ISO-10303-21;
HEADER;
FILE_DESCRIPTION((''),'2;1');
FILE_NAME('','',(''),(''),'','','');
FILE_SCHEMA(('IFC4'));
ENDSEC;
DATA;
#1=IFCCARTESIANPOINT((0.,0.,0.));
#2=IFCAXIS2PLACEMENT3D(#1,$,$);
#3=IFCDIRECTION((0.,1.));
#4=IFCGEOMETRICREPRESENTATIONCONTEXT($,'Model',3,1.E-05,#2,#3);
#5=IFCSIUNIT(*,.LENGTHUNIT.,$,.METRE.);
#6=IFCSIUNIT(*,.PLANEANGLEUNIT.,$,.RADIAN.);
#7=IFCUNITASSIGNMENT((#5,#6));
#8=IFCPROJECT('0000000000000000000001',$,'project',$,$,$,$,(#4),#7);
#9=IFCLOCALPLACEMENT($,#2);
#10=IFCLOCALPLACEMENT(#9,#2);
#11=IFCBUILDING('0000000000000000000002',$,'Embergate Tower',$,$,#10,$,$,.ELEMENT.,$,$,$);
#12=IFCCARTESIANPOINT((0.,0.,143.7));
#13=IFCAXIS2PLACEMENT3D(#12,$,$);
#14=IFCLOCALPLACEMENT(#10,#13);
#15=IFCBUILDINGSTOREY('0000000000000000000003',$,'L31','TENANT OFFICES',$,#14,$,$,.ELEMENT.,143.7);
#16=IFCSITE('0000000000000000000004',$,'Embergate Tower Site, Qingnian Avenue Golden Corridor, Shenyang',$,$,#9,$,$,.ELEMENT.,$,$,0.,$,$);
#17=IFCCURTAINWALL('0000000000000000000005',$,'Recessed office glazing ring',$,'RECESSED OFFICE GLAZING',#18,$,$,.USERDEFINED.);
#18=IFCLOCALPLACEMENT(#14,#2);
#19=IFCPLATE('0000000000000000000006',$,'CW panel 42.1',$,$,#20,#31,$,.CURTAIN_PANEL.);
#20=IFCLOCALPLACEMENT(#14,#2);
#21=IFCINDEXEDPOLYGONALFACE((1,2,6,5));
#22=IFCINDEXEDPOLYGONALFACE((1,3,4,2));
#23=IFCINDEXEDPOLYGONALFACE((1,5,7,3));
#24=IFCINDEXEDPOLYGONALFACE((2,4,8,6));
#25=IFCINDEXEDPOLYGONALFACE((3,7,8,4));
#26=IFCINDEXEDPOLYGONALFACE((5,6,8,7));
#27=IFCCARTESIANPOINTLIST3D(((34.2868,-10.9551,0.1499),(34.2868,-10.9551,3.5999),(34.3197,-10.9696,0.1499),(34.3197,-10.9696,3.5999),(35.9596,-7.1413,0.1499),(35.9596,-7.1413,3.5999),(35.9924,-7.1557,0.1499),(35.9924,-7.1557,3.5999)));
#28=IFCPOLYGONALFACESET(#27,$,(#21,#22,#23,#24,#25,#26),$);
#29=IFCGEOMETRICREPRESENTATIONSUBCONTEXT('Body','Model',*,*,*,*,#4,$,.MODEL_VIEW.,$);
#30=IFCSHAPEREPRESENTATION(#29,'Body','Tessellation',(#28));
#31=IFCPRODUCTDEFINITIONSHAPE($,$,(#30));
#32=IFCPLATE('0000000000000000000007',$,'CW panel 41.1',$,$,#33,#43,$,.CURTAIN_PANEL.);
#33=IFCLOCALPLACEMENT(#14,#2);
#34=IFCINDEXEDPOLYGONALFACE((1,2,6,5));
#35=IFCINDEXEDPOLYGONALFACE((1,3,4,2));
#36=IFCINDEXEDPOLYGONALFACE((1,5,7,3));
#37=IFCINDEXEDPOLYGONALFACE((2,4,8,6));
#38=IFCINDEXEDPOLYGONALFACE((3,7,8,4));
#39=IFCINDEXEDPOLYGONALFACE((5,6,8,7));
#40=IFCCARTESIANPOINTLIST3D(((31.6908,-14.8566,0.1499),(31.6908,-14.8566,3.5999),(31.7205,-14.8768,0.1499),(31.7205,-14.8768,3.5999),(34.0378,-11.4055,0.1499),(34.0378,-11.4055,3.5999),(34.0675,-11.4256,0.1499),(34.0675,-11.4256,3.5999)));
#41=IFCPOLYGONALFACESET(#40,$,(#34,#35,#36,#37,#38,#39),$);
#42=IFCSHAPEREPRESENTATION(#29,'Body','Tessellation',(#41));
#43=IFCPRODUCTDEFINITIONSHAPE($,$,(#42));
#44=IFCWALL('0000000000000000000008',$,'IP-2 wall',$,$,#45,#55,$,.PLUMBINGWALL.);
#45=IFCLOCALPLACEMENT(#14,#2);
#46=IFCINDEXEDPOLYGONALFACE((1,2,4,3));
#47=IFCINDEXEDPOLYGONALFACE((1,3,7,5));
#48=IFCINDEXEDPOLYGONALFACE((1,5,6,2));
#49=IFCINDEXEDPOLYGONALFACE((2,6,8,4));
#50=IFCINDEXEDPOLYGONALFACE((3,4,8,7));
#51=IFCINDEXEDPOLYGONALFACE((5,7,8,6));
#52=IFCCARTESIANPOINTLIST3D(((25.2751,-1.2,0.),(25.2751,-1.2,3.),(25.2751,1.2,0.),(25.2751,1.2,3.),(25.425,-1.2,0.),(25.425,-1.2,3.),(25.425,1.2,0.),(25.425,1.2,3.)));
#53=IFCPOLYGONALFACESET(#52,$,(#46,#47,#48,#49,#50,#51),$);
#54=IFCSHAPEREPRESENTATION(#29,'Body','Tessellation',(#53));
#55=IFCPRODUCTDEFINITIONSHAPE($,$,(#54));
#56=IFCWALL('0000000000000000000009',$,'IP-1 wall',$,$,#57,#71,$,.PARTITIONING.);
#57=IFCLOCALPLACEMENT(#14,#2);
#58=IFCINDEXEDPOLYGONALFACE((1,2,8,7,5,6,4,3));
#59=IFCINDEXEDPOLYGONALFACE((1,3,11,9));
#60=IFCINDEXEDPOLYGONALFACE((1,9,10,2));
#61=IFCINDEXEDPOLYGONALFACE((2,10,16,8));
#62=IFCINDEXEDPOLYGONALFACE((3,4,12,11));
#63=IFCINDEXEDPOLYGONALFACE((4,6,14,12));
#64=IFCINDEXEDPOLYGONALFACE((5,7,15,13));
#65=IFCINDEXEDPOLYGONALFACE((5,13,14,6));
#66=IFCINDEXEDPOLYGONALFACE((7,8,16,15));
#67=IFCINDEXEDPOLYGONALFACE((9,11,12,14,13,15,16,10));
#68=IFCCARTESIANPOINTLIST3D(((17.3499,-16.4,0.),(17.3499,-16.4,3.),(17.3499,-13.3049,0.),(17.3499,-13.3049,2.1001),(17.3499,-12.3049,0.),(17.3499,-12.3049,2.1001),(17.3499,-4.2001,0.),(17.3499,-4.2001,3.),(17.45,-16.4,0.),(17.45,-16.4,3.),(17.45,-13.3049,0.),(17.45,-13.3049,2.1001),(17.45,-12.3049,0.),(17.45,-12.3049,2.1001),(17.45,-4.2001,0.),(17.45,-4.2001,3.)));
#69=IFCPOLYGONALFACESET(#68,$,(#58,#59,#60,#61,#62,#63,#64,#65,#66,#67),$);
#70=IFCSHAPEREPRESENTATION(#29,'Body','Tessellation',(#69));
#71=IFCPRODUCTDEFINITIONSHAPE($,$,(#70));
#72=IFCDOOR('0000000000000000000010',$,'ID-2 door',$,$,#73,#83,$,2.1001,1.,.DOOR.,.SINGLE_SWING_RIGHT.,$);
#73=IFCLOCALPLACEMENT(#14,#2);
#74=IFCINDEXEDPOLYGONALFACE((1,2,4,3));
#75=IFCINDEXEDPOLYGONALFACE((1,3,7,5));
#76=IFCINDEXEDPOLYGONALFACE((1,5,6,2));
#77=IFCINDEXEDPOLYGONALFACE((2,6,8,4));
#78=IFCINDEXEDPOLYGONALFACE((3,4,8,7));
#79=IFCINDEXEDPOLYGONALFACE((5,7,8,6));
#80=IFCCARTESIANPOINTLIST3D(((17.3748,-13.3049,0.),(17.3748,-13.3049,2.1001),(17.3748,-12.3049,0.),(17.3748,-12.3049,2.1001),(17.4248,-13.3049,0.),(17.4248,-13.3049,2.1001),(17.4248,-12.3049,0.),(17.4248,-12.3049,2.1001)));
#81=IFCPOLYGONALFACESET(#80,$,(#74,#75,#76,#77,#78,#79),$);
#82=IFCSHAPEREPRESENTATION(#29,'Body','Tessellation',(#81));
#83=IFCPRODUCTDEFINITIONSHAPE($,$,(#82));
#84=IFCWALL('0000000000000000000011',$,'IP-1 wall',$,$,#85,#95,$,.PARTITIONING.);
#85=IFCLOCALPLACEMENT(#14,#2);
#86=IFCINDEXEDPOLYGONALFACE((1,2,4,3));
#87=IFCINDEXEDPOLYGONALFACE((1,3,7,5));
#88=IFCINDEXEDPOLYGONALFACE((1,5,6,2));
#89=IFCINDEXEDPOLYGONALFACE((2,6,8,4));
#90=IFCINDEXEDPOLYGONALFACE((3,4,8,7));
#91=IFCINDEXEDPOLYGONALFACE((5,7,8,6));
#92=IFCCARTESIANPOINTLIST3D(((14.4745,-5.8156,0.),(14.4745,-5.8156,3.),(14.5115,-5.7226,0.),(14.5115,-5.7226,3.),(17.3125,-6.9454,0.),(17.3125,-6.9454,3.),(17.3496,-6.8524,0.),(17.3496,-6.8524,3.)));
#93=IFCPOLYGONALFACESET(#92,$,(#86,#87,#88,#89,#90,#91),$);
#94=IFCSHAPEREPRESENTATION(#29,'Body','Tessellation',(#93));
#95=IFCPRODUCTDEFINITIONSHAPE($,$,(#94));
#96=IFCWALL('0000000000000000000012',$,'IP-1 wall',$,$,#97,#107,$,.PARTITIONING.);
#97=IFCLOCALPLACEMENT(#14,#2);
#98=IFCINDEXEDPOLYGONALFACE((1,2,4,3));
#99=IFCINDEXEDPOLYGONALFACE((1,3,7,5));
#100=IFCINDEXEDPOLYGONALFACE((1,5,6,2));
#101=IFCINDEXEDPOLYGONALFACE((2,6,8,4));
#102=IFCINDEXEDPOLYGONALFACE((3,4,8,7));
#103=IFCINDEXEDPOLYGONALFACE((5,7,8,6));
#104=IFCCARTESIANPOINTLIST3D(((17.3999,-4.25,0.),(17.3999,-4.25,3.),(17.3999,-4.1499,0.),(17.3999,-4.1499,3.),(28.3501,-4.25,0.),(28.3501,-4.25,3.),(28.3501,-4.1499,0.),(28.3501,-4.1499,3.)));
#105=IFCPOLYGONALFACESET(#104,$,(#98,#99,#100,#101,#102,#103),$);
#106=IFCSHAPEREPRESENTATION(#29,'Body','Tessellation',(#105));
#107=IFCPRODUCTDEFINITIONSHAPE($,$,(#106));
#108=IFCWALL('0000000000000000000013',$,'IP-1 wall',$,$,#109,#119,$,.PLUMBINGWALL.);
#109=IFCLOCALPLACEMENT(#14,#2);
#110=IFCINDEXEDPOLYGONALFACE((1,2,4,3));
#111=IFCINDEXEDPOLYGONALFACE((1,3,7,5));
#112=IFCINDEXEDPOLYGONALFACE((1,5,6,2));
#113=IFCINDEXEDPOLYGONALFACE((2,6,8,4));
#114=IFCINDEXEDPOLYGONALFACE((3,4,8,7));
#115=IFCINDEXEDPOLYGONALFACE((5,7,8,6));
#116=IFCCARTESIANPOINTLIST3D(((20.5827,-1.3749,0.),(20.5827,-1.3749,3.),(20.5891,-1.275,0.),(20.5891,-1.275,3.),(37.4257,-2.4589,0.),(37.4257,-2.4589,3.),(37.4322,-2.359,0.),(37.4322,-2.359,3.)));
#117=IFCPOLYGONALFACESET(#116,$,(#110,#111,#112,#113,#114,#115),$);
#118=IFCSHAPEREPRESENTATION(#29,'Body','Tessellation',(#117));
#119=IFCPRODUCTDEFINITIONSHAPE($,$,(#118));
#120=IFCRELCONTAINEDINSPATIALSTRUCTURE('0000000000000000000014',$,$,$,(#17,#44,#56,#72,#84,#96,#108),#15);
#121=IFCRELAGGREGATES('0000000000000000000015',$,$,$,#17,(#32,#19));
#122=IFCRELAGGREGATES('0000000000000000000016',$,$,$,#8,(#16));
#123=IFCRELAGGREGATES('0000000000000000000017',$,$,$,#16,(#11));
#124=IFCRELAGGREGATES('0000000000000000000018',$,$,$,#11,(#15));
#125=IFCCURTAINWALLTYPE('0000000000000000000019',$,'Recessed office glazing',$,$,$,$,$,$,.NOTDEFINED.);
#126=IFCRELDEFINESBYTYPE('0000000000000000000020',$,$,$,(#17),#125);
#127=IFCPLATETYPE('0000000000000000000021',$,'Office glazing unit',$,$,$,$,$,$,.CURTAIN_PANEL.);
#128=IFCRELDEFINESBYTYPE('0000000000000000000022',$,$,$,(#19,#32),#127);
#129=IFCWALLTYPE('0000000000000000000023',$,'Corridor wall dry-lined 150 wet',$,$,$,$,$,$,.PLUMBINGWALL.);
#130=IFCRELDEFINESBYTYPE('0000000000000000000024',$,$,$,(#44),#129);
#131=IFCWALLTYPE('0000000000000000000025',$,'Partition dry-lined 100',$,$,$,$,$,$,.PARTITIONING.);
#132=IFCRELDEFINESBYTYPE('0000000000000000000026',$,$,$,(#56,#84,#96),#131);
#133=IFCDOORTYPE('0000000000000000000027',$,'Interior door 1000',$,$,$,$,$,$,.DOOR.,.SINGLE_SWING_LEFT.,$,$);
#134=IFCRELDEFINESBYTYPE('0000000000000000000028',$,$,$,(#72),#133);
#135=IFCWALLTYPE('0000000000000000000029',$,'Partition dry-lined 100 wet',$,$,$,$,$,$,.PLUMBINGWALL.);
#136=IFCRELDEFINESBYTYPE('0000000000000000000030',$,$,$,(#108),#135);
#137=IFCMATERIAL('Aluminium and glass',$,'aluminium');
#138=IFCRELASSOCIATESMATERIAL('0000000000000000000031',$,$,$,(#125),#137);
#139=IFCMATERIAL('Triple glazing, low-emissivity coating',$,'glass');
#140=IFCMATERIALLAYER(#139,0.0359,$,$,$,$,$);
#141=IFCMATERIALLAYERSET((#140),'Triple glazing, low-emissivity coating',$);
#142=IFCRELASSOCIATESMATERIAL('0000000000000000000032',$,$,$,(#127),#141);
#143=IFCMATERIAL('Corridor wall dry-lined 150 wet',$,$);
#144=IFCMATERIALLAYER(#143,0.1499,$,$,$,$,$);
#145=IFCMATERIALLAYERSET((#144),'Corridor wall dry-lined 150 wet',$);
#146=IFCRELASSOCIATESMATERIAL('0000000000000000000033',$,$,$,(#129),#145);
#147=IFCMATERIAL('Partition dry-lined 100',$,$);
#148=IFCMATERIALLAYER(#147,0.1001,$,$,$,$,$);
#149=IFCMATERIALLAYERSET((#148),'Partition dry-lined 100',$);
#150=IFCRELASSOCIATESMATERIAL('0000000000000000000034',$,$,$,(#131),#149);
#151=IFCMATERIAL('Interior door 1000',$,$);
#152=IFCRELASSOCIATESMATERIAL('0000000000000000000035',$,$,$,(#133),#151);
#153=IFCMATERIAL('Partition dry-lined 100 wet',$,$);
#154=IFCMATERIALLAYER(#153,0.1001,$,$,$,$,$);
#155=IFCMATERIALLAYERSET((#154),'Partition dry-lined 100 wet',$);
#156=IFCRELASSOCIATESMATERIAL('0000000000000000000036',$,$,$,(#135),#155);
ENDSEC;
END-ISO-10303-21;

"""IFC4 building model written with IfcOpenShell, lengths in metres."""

from ifc_helpers import new_model, si_unit, direction, frame, frame_2d, origin, origin_2d, place, context, subcontext, project, spatial, rectangle, extrude, source, transform, mapped, material, layer, layer_set, type_object, element, fill, aggregate, save


model = new_model("IFC4")

# Units and contexts
model_context = context("Model", 3, precision=1e-05, world=origin(), true_north=direction((0.0, 1.0)))
body_context = subcontext(model_context, "Body", "Model", "MODEL_VIEW")
ifc_project = project(units=[si_unit("LENGTHUNIT", "METRE"), si_unit("PLANEANGLEUNIT", "RADIAN")], contexts=[model_context])

# Site, building, storey
site_placement = place(None, origin())
site = spatial("IfcSite", under=ifc_project, at=site_placement, Name="Embergate Tower Site, Qingnian Avenue Golden Corridor, Shenyang", CompositionType="ELEMENT", RefElevation=0.0)
building_placement = place(site_placement, origin())
building = spatial("IfcBuilding", under=site, at=building_placement, Name="Embergate Tower", CompositionType="ELEMENT")
storey_placement = place(building_placement, frame((0.0, 0.0, 143.7)))
storey = spatial("IfcBuildingStorey", under=building, at=storey_placement, Name="L31", Description="TENANT OFFICES", CompositionType="ELEMENT", Elevation=143.7)

# Curtain wall, plates
ifc_material_1 = material(Name="Aluminium and glass", Category="aluminium")
curtain_wall_type = type_object("IfcCurtainWallType", Name="Recessed office glazing", PredefinedType="NOTDEFINED", material=ifc_material_1)
curtain_wall_placement = place(storey_placement, origin())
curtain_wall = element("IfcCurtainWall", 1, at=curtain_wall_placement, inside=storey, type_object=curtain_wall_type, Name="Recessed office glazing ring", ObjectType="RECESSED OFFICE GLAZING", PredefinedType="USERDEFINED")
ifc_material_2 = material(Name="Triple glazing, low-emissivity coating", Category="glass")
ifc_layer_1 = layer(ifc_material_2, 0.0359)
ifc_layer_set_1 = layer_set([ifc_layer_1], Name="Triple glazing, low-emissivity coating")
plate_type = type_object("IfcPlateType", Name="Office glazing unit", PredefinedType="CURTAIN_PANEL", material=ifc_layer_set_1)
shared_shape_1 = source(origin(), body_context, "Body", "SweptSolid", [
    extrude(rectangle(XDim=4.1646, YDim=0.0359, at=origin_2d()), origin(), (0.0, 0.0, 1.0), 3.45),
])
plate_1_placement = place(storey_placement, frame((35.1396, -9.0554, 0.1499), z_axis=(0.0, 0.0, 1.0), x_axis=(0.40166, 0.915789, 0.0)))
plate_1 = element("IfcPlate", 2, at=plate_1_placement, type_object=plate_type, Name="CW panel 42.1", PredefinedType="CURTAIN_PANEL", context=body_context, shape_type="MappedRepresentation", body=[
    mapped(shared_shape_1, transform((0.0, 0.0, 0.0))),
])
shared_shape_2 = source(origin(), body_context, "Body", "SweptSolid", [
    extrude(rectangle(XDim=4.1736, YDim=0.0359, at=origin_2d()), origin(), (0.0, 0.0, 1.0), 3.45),
])
plate_2_placement = place(storey_placement, frame((32.8792, -13.1411, 0.1499), z_axis=(0.0, 0.0, 1.0), x_axis=(0.56235, 0.826899, 0.0)))
plate_2 = element("IfcPlate", 3, at=plate_2_placement, type_object=plate_type, Name="CW panel 41.1", PredefinedType="CURTAIN_PANEL", context=body_context, shape_type="MappedRepresentation", body=[
    mapped(shared_shape_2, transform((0.0, 0.0, 0.0))),
])
aggregate(curtain_wall, [plate_2, plate_1])

# Wall
ifc_material_3 = material(Name="Corridor wall dry-lined 150 wet")
ifc_layer_2 = layer(ifc_material_3, 0.1499)
ifc_layer_set_2 = layer_set([ifc_layer_2], Name="Corridor wall dry-lined 150 wet")
wall_type_1 = type_object("IfcWallType", Name="Corridor wall dry-lined 150 wet", PredefinedType="PLUMBINGWALL", material=ifc_layer_set_2)
shared_shape_3 = source(origin(), body_context, "Body", "SweptSolid", [
    extrude(rectangle(XDim=2.3999, YDim=0.1499, at=frame_2d((1.2, 0.0))), origin(), (0.0, 0.0, 1.0), 3.0),
])
wall_1_placement = place(storey_placement, frame((25.3501, -1.2, 0.0), z_axis=(0.0, 0.0, 1.0), x_axis=(0.0, 1.0, 0.0)))
element("IfcWall", 4, at=wall_1_placement, inside=storey, type_object=wall_type_1, Name="IP-2 wall", PredefinedType="PLUMBINGWALL", context=body_context, shape_type="MappedRepresentation", body=[
    mapped(shared_shape_3, transform((0.0, 0.0, 0.0))),
])

# Wall, opening, door
ifc_material_4 = material(Name="Partition dry-lined 100")
ifc_layer_3 = layer(ifc_material_4, 0.1001)
ifc_layer_set_3 = layer_set([ifc_layer_3], Name="Partition dry-lined 100")
wall_type_2 = type_object("IfcWallType", Name="Partition dry-lined 100", PredefinedType="PARTITIONING", material=ifc_layer_set_3)
shared_shape_4 = source(origin(), body_context, "Body", "SweptSolid", [
    extrude(rectangle(XDim=12.2, YDim=0.1001, at=frame_2d((6.1001, 0.0))), origin(), (0.0, 0.0, 1.0), 3.0),
])
wall_2_placement = place(storey_placement, frame((17.3999, -4.2, 0.0), z_axis=(0.0, 0.0, 1.0), x_axis=(0.0, -1.0, 0.0)))
wall_2 = element("IfcWall", 5, at=wall_2_placement, inside=storey, type_object=wall_type_2, Name="IP-1 wall", PredefinedType="PARTITIONING", context=body_context, shape_type="MappedRepresentation", body=[
    mapped(shared_shape_4, transform((0.0, 0.0, 0.0))),
])
shared_shape_5 = source(origin(), body_context, "Body", "SweptSolid", [
    extrude(rectangle(XDim=1.0, YDim=2.1001, at=frame_2d((0.5, 1.05))), frame((0.0, 0.0601, 0.0), z_axis=(0.0, -1.0, 0.0), x_axis=(1.0, 0.0, 0.0)), (0.0, 0.0, 1.0), 0.1201),
])
opening_placement = place(wall_2_placement, frame((8.105, 0.0, 0.0)))
opening = element("IfcOpeningElement", 6, at=opening_placement, cuts=wall_2, PredefinedType="OPENING", context=body_context, shape_type="MappedRepresentation", body=[
    mapped(shared_shape_5, transform((0.0, 0.0, 0.0))),
])
ifc_material_5 = material(Name="Interior door 1000")
door_type = type_object("IfcDoorType", Name="Interior door 1000", OperationType="SINGLE_SWING_LEFT", PredefinedType="DOOR", material=ifc_material_5)
shared_shape_6 = source(origin(), body_context, "Body", "SweptSolid", [
    extrude(rectangle(XDim=1.0, YDim=2.1001, at=frame_2d((0.5, 1.05))), frame((0.0, 0.0249, 0.0), z_axis=(0.0, -1.0, 0.0), x_axis=(1.0, 0.0, 0.0)), (0.0, 0.0, 1.0), 0.05),
])
door_placement = place(opening_placement, origin())
door = element("IfcDoor", 7, at=door_placement, inside=storey, type_object=door_type, Name="ID-2 door", OperationType="SINGLE_SWING_RIGHT", OverallHeight=2.1001, OverallWidth=1.0, PredefinedType="DOOR", context=body_context, shape_type="MappedRepresentation", body=[
    mapped(shared_shape_6, transform((0.0, 0.0, 0.0))),
])
fill(opening, door)

# Walls
shared_shape_7 = source(origin(), body_context, "Body", "SweptSolid", [
    extrude(rectangle(XDim=3.0547, YDim=0.1001, at=frame_2d((1.5273, 0.0))), origin(), (0.0, 0.0, 1.0), 3.0),
])
wall_3_placement = place(storey_placement, frame((17.3311, -6.8989, 0.0), z_axis=(0.0, 0.0, 1.0), x_axis=(-0.929082, 0.369874, 0.0)))
element("IfcWall", 8, at=wall_3_placement, inside=storey, type_object=wall_type_2, Name="IP-1 wall", PredefinedType="PARTITIONING", context=body_context, shape_type="MappedRepresentation", body=[
    mapped(shared_shape_7, transform((0.0, 0.0, 0.0))),
])
shared_shape_8 = source(origin(), body_context, "Body", "SweptSolid", [
    extrude(rectangle(XDim=10.9502, YDim=0.1001, at=frame_2d((5.4751, 0.0))), origin(), (0.0, 0.0, 1.0), 3.0),
])
wall_4_placement = place(storey_placement, frame((28.3501, -4.2, 0.0), z_axis=(0.0, 0.0, 1.0), x_axis=(-1.0, 0.0, 0.0)))
element("IfcWall", 9, at=wall_4_placement, inside=storey, type_object=wall_type_2, Name="IP-1 wall", PredefinedType="PARTITIONING", context=body_context, shape_type="MappedRepresentation", body=[
    mapped(shared_shape_8, transform((0.0, 0.0, 0.0))),
])
ifc_material_6 = material(Name="Partition dry-lined 100 wet")
ifc_layer_4 = layer(ifc_material_6, 0.1001)
ifc_layer_set_4 = layer_set([ifc_layer_4], Name="Partition dry-lined 100 wet")
wall_type_3 = type_object("IfcWallType", Name="Partition dry-lined 100 wet", PredefinedType="PLUMBINGWALL", material=ifc_layer_set_4)
shared_shape_9 = source(origin(), body_context, "Body", "SweptSolid", [
    extrude(rectangle(XDim=16.8779, YDim=0.1001, at=frame_2d((8.439, 0.0))), origin(), (0.0, 0.0, 1.0), 3.0),
])
wall_5_placement = place(storey_placement, frame((37.429, -2.4089, 0.0), z_axis=(0.0, 0.0, 1.0), x_axis=(-0.997935, 0.064225, 0.0)))
element("IfcWall", 10, at=wall_5_placement, inside=storey, type_object=wall_type_3, Name="IP-1 wall", PredefinedType="PLUMBINGWALL", context=body_context, shape_type="MappedRepresentation", body=[
    mapped(shared_shape_9, transform((0.0, 0.0, 0.0))),
])

save(model, "model.ifc")
